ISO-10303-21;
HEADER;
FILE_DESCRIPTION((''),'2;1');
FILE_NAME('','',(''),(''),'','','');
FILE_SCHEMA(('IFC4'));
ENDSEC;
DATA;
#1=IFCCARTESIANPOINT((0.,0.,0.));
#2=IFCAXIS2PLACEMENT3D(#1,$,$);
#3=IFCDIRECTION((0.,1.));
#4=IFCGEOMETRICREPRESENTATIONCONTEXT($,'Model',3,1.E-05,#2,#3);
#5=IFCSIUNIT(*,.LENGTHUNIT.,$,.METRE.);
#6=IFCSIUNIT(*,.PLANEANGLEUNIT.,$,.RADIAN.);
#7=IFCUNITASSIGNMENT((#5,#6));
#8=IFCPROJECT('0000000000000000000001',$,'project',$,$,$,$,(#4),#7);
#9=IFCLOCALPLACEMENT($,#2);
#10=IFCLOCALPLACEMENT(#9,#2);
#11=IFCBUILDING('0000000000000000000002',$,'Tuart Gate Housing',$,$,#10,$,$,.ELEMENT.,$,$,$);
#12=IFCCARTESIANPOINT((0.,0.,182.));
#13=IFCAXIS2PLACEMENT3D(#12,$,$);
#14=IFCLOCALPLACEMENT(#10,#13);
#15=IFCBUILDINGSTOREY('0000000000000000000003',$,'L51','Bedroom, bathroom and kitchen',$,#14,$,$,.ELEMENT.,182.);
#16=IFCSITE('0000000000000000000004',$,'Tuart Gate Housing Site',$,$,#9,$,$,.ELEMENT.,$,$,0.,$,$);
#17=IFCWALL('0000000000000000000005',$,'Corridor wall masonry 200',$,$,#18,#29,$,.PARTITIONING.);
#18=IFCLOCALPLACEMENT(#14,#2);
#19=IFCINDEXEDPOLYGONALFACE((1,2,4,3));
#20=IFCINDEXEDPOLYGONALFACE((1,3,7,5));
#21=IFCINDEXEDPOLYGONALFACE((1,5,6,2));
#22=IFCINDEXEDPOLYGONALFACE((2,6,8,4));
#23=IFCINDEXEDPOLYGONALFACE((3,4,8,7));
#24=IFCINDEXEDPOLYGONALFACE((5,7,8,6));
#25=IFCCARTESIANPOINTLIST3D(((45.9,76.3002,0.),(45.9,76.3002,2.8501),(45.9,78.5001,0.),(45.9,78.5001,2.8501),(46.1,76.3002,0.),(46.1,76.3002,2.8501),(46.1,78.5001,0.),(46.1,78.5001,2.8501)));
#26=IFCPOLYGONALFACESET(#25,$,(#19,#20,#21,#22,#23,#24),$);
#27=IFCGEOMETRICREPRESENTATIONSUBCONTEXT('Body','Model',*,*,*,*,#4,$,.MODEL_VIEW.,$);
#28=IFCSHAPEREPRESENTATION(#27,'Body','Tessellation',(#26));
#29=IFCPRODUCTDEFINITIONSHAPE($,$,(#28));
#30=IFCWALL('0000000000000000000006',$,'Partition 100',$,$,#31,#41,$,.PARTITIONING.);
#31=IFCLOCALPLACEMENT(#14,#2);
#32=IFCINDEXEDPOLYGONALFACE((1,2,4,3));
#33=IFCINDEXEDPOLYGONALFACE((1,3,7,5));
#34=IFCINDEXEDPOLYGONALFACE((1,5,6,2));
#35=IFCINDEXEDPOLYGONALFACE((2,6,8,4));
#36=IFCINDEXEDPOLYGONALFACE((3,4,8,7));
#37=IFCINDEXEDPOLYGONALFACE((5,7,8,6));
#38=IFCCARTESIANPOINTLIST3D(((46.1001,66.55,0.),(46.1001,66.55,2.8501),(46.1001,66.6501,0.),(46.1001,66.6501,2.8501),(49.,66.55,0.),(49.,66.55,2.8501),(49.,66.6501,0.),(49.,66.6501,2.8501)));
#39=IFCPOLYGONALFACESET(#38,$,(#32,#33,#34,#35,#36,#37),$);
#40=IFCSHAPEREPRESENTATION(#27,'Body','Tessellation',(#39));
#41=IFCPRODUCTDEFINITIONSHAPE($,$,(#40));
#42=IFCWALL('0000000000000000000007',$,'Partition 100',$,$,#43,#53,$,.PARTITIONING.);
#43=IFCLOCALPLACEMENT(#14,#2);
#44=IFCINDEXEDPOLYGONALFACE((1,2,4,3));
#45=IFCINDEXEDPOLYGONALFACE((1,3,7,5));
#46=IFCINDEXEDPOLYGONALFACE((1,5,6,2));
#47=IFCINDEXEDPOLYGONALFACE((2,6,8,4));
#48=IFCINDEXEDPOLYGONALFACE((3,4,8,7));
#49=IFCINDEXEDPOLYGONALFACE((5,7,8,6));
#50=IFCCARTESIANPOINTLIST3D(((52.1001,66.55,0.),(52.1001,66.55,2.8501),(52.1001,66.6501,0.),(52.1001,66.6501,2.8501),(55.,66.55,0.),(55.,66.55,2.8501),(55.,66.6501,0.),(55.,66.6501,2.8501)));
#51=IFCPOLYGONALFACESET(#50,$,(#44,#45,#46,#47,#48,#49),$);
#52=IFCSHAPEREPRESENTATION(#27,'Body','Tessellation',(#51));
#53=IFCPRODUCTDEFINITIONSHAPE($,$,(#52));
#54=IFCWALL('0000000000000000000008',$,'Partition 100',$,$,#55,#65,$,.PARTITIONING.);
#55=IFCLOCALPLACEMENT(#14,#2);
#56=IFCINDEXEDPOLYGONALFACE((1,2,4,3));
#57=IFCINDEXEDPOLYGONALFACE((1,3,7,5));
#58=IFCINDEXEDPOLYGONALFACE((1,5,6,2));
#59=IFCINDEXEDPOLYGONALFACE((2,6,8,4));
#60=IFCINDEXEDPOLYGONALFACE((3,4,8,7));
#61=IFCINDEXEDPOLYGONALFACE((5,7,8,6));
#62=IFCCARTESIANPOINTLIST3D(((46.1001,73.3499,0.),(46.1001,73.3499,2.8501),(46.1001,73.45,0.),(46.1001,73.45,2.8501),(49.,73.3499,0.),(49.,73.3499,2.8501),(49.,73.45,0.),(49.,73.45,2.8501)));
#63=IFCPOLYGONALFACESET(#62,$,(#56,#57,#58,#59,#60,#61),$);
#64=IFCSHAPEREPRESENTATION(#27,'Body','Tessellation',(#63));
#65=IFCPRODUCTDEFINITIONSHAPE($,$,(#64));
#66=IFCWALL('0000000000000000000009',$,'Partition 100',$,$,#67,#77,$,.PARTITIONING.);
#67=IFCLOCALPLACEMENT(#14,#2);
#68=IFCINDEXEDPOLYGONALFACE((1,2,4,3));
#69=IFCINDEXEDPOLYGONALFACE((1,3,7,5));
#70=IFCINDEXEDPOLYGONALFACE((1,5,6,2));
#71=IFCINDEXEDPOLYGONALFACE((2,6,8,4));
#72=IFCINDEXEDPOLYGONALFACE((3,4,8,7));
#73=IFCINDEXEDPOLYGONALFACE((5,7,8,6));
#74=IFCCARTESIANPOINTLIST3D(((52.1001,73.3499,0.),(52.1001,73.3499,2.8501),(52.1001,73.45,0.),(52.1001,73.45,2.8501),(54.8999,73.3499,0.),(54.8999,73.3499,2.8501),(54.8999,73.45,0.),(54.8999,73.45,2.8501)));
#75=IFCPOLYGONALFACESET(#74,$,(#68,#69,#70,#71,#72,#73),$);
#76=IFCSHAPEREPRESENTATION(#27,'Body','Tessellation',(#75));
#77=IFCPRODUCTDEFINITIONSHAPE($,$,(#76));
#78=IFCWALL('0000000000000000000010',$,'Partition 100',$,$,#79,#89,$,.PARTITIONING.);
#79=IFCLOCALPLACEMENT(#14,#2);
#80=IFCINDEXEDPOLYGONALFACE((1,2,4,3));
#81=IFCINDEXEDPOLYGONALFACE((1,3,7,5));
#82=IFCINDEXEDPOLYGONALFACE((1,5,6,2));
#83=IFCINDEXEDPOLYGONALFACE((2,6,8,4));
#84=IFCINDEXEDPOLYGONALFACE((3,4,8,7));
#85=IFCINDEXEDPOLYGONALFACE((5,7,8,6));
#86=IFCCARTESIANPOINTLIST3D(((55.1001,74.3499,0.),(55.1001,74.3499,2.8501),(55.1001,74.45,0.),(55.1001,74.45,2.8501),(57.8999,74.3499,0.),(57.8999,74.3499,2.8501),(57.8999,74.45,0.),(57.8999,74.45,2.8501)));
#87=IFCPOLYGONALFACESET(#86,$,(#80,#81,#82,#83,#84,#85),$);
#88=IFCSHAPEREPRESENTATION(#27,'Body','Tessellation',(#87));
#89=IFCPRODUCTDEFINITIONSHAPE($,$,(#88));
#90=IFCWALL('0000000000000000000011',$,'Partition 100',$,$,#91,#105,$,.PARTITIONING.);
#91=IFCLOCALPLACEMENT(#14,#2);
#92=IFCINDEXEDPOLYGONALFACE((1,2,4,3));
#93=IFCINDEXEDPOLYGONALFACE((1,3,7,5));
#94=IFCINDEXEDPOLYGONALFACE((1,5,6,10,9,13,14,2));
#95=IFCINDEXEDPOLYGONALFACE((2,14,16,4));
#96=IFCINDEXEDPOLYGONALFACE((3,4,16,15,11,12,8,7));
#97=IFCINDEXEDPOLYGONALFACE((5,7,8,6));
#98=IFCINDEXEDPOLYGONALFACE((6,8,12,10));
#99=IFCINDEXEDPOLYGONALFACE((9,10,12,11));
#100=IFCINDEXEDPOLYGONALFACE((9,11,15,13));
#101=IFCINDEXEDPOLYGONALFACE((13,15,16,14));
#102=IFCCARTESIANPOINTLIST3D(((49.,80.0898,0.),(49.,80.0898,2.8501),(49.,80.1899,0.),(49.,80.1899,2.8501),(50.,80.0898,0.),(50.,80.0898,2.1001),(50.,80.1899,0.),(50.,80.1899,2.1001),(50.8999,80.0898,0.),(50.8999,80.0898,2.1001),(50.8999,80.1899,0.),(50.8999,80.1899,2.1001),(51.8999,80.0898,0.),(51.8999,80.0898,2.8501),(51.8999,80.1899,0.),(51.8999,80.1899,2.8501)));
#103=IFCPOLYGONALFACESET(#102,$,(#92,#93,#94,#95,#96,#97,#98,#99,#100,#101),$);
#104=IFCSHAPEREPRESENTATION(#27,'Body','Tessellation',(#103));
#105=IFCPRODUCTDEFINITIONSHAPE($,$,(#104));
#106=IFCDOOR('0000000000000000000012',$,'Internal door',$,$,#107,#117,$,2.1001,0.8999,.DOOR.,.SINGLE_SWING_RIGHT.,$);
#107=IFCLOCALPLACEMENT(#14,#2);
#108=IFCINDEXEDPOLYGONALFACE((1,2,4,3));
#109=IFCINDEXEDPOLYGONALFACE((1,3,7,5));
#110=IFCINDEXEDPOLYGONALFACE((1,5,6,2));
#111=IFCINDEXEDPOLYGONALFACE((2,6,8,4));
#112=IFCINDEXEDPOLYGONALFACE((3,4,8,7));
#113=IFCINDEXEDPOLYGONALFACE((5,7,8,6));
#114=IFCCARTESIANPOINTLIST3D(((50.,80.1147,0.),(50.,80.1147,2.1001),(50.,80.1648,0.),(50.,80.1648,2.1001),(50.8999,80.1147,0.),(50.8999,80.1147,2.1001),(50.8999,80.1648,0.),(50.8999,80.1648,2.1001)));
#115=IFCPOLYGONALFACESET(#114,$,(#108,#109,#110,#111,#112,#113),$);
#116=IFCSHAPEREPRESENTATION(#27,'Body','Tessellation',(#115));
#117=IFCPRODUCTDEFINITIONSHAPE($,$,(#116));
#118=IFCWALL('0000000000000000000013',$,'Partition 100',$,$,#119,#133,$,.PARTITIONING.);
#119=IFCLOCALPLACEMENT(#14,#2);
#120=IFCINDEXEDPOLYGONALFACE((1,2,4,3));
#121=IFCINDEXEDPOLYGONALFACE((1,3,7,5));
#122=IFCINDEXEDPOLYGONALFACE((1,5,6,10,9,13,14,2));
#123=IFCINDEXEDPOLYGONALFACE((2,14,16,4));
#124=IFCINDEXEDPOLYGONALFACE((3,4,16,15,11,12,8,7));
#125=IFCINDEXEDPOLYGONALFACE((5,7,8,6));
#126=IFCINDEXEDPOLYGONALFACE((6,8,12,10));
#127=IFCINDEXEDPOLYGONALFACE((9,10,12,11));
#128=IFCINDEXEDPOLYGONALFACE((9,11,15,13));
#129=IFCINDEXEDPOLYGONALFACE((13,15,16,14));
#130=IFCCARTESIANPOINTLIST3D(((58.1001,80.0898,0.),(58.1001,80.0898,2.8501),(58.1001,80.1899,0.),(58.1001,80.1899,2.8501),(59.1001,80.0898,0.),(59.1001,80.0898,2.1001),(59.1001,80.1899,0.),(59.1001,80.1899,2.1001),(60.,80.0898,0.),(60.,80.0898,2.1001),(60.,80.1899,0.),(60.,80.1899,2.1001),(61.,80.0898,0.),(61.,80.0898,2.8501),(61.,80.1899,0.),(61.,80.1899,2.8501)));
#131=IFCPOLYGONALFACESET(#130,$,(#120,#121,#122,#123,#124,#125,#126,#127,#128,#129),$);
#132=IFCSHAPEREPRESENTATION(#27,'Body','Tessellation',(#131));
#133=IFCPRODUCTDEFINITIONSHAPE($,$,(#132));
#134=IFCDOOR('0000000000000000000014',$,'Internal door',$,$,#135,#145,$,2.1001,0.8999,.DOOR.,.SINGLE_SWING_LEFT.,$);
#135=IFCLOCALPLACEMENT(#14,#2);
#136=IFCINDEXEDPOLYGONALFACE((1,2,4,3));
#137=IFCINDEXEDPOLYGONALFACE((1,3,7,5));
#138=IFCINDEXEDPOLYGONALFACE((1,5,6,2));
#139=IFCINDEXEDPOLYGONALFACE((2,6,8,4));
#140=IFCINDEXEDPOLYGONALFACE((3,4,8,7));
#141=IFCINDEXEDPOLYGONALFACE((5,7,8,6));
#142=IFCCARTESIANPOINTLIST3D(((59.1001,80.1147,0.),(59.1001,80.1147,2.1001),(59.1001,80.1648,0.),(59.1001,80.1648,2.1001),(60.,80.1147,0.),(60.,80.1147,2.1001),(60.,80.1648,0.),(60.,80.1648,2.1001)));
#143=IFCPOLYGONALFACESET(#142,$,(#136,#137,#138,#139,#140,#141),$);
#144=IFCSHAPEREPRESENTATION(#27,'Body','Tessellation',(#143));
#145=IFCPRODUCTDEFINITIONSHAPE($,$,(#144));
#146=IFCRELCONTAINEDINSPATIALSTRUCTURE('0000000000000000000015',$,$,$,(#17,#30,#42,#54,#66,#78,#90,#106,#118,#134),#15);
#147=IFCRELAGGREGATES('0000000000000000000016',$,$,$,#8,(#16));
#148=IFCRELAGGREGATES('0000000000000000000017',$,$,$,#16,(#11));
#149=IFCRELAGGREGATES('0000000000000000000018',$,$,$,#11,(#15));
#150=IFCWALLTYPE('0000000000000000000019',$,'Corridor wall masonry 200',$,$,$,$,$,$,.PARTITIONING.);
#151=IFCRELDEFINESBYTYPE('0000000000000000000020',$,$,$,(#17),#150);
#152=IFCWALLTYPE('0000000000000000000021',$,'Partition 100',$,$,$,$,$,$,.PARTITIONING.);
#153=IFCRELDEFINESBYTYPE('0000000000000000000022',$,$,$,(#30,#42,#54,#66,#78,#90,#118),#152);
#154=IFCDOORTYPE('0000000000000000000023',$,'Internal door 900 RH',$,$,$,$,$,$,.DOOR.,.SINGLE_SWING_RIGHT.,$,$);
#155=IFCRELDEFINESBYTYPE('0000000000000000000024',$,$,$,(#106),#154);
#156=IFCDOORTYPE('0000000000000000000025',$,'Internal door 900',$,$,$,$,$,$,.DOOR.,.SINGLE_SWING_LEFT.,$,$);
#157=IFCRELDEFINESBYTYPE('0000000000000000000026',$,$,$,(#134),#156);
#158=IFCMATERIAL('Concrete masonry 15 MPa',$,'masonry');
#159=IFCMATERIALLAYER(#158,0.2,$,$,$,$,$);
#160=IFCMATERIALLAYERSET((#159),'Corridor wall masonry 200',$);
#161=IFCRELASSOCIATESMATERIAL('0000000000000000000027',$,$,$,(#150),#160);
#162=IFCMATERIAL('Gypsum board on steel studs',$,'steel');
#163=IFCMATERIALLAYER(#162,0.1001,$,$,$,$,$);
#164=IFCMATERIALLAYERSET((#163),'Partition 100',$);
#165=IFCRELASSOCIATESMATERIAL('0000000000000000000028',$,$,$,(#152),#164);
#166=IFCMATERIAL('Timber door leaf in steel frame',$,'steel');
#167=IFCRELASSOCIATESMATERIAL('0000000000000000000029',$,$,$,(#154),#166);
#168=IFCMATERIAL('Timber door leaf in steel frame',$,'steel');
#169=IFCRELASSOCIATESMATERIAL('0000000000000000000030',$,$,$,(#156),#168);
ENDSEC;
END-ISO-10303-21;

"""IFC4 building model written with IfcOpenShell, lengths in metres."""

from ifc_helpers import new_model, si_unit, direction, frame, frame_2d, origin, place, context, subcontext, project, spatial, rectangle, extrude, material, layer, layer_set, type_object, element, fill, save


model = new_model("IFC4")

# Units and contexts
model_context = context("Model", 3, precision=1e-05, world=origin(), true_north=direction((0.0, 1.0)))
body_context = subcontext(model_context, "Body", "Model", "MODEL_VIEW")
ifc_project = project(units=[si_unit("LENGTHUNIT", "METRE"), si_unit("PLANEANGLEUNIT", "RADIAN")], contexts=[model_context])

# Site, building, storey
site_placement = place(None, origin())
site = spatial("IfcSite", under=ifc_project, at=site_placement, Name="Tuart Gate Housing Site", CompositionType="ELEMENT", RefElevation=0.0)
building_placement = place(site_placement, origin())
building = spatial("IfcBuilding", under=site, at=building_placement, Name="Tuart Gate Housing", CompositionType="ELEMENT")
storey_placement = place(building_placement, frame((0.0, 0.0, 182.0)))
storey = spatial("IfcBuildingStorey", under=building, at=storey_placement, Name="L51", Description="Bedroom, bathroom and kitchen", CompositionType="ELEMENT", Elevation=182.0)

# Walls
ifc_material_1 = material(Name="Concrete masonry 15 MPa", Category="masonry")
ifc_layer_1 = layer(ifc_material_1, 0.2)
ifc_layer_set_1 = layer_set([ifc_layer_1], Name="Corridor wall masonry 200")
wall_type_1 = type_object("IfcWallType", Name="Corridor wall masonry 200", PredefinedType="PARTITIONING", material=ifc_layer_set_1)
wall_1_placement = place(storey_placement, frame((46.0, 76.3, 0.0), z_axis=(0.0, 0.0, 1.0), x_axis=(0.0, 1.0, 0.0)))
element("IfcWall", 1, at=wall_1_placement, inside=storey, type_object=wall_type_1, Name="Corridor wall masonry 200", PredefinedType="PARTITIONING", context=body_context, shape_type="SweptSolid", body=[
    extrude(rectangle(XDim=2.2, YDim=0.2, at=frame_2d((1.1001, 0.0))), origin(), (0.0, 0.0, 1.0), 2.8501),
])
ifc_material_2 = material(Name="Gypsum board on steel studs", Category="steel")
ifc_layer_2 = layer(ifc_material_2, 0.1001)
ifc_layer_set_2 = layer_set([ifc_layer_2], Name="Partition 100")
wall_type_2 = type_object("IfcWallType", Name="Partition 100", PredefinedType="PARTITIONING", material=ifc_layer_set_2)
for number, where, z_axis, x_axis, name in (
    (2, (46.1001, 66.6001, 0.0), (0.0, 0.0, 1.0), (1.0, 0.0, 0.0), "Partition 100"),
    (3, (52.1001, 66.6001, 0.0), (0.0, 0.0, 1.0), (1.0, 0.0, 0.0), "Partition 100"),
    (4, (46.1001, 73.3999, 0.0), (0.0, 0.0, 1.0), (1.0, 0.0, 0.0), "Partition 100"),
):
    element("IfcWall", number, at=place(storey_placement, frame(where, z_axis=z_axis, x_axis=x_axis)), inside=storey, type_object=wall_type_2, Name=name, PredefinedType="PARTITIONING", context=body_context, shape_type="SweptSolid", body=[
        extrude(rectangle(XDim=2.8999, YDim=0.1001, at=frame_2d((1.45, 0.0))), origin(), (0.0, 0.0, 1.0), 2.8501),
    ])
for number, where, z_axis, x_axis, name in (
    (5, (52.1001, 73.3999, 0.0), (0.0, 0.0, 1.0), (1.0, 0.0, 0.0), "Partition 100"),
    (6, (55.1001, 74.3999, 0.0), (0.0, 0.0, 1.0), (1.0, 0.0, 0.0), "Partition 100"),
):
    element("IfcWall", number, at=place(storey_placement, frame(where, z_axis=z_axis, x_axis=x_axis)), inside=storey, type_object=wall_type_2, Name=name, PredefinedType="PARTITIONING", context=body_context, shape_type="SweptSolid", body=[
        extrude(rectangle(XDim=2.7998, YDim=0.1001, at=frame_2d((1.3999, 0.0))), origin(), (0.0, 0.0, 1.0), 2.8501),
    ])

# Walls, openings, doors
wall_2_placement = place(storey_placement, frame((49.0, 80.1399, 0.0), z_axis=(0.0, 0.0, 1.0), x_axis=(1.0, 0.0, 0.0)))
wall_2 = element("IfcWall", 7, at=wall_2_placement, inside=storey, type_object=wall_type_2, Name="Partition 100", PredefinedType="PARTITIONING", context=body_context, shape_type="SweptSolid", body=[
    extrude(rectangle(XDim=2.8999, YDim=0.1001, at=frame_2d((1.45, 0.0))), origin(), (0.0, 0.0, 1.0), 2.8501),
])
opening_1_placement = place(wall_2_placement, frame((1.0, 0.0, 0.0)))
opening_1 = element("IfcOpeningElement", 8, at=opening_1_placement, cuts=wall_2, PredefinedType="OPENING", context=body_context, shape_type="SweptSolid", body=[
    extrude(rectangle(XDim=0.8999, YDim=2.1001, at=frame_2d((0.45, 1.05))), frame((0.0, 0.0601, 0.0), z_axis=(0.0, -1.0, 0.0), x_axis=(1.0, 0.0, 0.0)), (0.0, 0.0, 1.0), 0.1201),
])
ifc_material_3 = material(Name="Timber door leaf in steel frame", Category="steel")
door_type_1 = type_object("IfcDoorType", Name="Internal door 900 RH", OperationType="SINGLE_SWING_RIGHT", PredefinedType="DOOR", material=ifc_material_3)
door_1_placement = place(opening_1_placement, frame((0.8999, 0.0, 0.0), z_axis=(0.0, 0.0, 1.0), x_axis=(-1.0, 0.0, 0.0)))
door_1 = element("IfcDoor", 9, at=door_1_placement, inside=storey, type_object=door_type_1, Name="Internal door", OperationType="SINGLE_SWING_RIGHT", OverallHeight=2.1001, OverallWidth=0.8999, PredefinedType="DOOR", context=body_context, shape_type="SweptSolid", body=[
    extrude(rectangle(XDim=0.8999, YDim=2.1001, at=frame_2d((0.45, 1.05))), frame((0.0, 0.0251, 0.0), z_axis=(0.0, -1.0, 0.0), x_axis=(1.0, 0.0, 0.0)), (0.0, 0.0, 1.0), 0.05),
])
fill(opening_1, door_1)
wall_3_placement = place(storey_placement, frame((58.1001, 80.1399, 0.0), z_axis=(0.0, 0.0, 1.0), x_axis=(1.0, 0.0, 0.0)))
wall_3 = element("IfcWall", 10, at=wall_3_placement, inside=storey, type_object=wall_type_2, Name="Partition 100", PredefinedType="PARTITIONING", context=body_context, shape_type="SweptSolid", body=[
    extrude(rectangle(XDim=2.8999, YDim=0.1001, at=frame_2d((1.45, 0.0))), origin(), (0.0, 0.0, 1.0), 2.8501),
])
opening_2_placement = place(wall_3_placement, frame((1.0, 0.0, 0.0)))
opening_2 = element("IfcOpeningElement", 11, at=opening_2_placement, cuts=wall_3, PredefinedType="OPENING", context=body_context, shape_type="SweptSolid", body=[
    extrude(rectangle(XDim=0.8999, YDim=2.1001, at=frame_2d((0.45, 1.05))), frame((0.0, 0.0601, 0.0), z_axis=(0.0, -1.0, 0.0), x_axis=(1.0, 0.0, 0.0)), (0.0, 0.0, 1.0), 0.1201),
])
ifc_material_4 = material(Name="Timber door leaf in steel frame", Category="steel")
door_type_2 = type_object("IfcDoorType", Name="Internal door 900", OperationType="SINGLE_SWING_LEFT", PredefinedType="DOOR", material=ifc_material_4)
door_2_placement = place(opening_2_placement, frame((0.8999, 0.0, 0.0), z_axis=(0.0, 0.0, 1.0), x_axis=(-1.0, 0.0, 0.0)))
door_2 = element("IfcDoor", 12, at=door_2_placement, inside=storey, type_object=door_type_2, Name="Internal door", OperationType="SINGLE_SWING_LEFT", OverallHeight=2.1001, OverallWidth=0.8999, PredefinedType="DOOR", context=body_context, shape_type="SweptSolid", body=[
    extrude(rectangle(XDim=0.8999, YDim=2.1001, at=frame_2d((0.45, 1.05))), frame((0.0, 0.0251, 0.0), z_axis=(0.0, -1.0, 0.0), x_axis=(1.0, 0.0, 0.0)), (0.0, 0.0, 1.0), 0.05),
])
fill(opening_2, door_2)

save(model, "model.ifc")
